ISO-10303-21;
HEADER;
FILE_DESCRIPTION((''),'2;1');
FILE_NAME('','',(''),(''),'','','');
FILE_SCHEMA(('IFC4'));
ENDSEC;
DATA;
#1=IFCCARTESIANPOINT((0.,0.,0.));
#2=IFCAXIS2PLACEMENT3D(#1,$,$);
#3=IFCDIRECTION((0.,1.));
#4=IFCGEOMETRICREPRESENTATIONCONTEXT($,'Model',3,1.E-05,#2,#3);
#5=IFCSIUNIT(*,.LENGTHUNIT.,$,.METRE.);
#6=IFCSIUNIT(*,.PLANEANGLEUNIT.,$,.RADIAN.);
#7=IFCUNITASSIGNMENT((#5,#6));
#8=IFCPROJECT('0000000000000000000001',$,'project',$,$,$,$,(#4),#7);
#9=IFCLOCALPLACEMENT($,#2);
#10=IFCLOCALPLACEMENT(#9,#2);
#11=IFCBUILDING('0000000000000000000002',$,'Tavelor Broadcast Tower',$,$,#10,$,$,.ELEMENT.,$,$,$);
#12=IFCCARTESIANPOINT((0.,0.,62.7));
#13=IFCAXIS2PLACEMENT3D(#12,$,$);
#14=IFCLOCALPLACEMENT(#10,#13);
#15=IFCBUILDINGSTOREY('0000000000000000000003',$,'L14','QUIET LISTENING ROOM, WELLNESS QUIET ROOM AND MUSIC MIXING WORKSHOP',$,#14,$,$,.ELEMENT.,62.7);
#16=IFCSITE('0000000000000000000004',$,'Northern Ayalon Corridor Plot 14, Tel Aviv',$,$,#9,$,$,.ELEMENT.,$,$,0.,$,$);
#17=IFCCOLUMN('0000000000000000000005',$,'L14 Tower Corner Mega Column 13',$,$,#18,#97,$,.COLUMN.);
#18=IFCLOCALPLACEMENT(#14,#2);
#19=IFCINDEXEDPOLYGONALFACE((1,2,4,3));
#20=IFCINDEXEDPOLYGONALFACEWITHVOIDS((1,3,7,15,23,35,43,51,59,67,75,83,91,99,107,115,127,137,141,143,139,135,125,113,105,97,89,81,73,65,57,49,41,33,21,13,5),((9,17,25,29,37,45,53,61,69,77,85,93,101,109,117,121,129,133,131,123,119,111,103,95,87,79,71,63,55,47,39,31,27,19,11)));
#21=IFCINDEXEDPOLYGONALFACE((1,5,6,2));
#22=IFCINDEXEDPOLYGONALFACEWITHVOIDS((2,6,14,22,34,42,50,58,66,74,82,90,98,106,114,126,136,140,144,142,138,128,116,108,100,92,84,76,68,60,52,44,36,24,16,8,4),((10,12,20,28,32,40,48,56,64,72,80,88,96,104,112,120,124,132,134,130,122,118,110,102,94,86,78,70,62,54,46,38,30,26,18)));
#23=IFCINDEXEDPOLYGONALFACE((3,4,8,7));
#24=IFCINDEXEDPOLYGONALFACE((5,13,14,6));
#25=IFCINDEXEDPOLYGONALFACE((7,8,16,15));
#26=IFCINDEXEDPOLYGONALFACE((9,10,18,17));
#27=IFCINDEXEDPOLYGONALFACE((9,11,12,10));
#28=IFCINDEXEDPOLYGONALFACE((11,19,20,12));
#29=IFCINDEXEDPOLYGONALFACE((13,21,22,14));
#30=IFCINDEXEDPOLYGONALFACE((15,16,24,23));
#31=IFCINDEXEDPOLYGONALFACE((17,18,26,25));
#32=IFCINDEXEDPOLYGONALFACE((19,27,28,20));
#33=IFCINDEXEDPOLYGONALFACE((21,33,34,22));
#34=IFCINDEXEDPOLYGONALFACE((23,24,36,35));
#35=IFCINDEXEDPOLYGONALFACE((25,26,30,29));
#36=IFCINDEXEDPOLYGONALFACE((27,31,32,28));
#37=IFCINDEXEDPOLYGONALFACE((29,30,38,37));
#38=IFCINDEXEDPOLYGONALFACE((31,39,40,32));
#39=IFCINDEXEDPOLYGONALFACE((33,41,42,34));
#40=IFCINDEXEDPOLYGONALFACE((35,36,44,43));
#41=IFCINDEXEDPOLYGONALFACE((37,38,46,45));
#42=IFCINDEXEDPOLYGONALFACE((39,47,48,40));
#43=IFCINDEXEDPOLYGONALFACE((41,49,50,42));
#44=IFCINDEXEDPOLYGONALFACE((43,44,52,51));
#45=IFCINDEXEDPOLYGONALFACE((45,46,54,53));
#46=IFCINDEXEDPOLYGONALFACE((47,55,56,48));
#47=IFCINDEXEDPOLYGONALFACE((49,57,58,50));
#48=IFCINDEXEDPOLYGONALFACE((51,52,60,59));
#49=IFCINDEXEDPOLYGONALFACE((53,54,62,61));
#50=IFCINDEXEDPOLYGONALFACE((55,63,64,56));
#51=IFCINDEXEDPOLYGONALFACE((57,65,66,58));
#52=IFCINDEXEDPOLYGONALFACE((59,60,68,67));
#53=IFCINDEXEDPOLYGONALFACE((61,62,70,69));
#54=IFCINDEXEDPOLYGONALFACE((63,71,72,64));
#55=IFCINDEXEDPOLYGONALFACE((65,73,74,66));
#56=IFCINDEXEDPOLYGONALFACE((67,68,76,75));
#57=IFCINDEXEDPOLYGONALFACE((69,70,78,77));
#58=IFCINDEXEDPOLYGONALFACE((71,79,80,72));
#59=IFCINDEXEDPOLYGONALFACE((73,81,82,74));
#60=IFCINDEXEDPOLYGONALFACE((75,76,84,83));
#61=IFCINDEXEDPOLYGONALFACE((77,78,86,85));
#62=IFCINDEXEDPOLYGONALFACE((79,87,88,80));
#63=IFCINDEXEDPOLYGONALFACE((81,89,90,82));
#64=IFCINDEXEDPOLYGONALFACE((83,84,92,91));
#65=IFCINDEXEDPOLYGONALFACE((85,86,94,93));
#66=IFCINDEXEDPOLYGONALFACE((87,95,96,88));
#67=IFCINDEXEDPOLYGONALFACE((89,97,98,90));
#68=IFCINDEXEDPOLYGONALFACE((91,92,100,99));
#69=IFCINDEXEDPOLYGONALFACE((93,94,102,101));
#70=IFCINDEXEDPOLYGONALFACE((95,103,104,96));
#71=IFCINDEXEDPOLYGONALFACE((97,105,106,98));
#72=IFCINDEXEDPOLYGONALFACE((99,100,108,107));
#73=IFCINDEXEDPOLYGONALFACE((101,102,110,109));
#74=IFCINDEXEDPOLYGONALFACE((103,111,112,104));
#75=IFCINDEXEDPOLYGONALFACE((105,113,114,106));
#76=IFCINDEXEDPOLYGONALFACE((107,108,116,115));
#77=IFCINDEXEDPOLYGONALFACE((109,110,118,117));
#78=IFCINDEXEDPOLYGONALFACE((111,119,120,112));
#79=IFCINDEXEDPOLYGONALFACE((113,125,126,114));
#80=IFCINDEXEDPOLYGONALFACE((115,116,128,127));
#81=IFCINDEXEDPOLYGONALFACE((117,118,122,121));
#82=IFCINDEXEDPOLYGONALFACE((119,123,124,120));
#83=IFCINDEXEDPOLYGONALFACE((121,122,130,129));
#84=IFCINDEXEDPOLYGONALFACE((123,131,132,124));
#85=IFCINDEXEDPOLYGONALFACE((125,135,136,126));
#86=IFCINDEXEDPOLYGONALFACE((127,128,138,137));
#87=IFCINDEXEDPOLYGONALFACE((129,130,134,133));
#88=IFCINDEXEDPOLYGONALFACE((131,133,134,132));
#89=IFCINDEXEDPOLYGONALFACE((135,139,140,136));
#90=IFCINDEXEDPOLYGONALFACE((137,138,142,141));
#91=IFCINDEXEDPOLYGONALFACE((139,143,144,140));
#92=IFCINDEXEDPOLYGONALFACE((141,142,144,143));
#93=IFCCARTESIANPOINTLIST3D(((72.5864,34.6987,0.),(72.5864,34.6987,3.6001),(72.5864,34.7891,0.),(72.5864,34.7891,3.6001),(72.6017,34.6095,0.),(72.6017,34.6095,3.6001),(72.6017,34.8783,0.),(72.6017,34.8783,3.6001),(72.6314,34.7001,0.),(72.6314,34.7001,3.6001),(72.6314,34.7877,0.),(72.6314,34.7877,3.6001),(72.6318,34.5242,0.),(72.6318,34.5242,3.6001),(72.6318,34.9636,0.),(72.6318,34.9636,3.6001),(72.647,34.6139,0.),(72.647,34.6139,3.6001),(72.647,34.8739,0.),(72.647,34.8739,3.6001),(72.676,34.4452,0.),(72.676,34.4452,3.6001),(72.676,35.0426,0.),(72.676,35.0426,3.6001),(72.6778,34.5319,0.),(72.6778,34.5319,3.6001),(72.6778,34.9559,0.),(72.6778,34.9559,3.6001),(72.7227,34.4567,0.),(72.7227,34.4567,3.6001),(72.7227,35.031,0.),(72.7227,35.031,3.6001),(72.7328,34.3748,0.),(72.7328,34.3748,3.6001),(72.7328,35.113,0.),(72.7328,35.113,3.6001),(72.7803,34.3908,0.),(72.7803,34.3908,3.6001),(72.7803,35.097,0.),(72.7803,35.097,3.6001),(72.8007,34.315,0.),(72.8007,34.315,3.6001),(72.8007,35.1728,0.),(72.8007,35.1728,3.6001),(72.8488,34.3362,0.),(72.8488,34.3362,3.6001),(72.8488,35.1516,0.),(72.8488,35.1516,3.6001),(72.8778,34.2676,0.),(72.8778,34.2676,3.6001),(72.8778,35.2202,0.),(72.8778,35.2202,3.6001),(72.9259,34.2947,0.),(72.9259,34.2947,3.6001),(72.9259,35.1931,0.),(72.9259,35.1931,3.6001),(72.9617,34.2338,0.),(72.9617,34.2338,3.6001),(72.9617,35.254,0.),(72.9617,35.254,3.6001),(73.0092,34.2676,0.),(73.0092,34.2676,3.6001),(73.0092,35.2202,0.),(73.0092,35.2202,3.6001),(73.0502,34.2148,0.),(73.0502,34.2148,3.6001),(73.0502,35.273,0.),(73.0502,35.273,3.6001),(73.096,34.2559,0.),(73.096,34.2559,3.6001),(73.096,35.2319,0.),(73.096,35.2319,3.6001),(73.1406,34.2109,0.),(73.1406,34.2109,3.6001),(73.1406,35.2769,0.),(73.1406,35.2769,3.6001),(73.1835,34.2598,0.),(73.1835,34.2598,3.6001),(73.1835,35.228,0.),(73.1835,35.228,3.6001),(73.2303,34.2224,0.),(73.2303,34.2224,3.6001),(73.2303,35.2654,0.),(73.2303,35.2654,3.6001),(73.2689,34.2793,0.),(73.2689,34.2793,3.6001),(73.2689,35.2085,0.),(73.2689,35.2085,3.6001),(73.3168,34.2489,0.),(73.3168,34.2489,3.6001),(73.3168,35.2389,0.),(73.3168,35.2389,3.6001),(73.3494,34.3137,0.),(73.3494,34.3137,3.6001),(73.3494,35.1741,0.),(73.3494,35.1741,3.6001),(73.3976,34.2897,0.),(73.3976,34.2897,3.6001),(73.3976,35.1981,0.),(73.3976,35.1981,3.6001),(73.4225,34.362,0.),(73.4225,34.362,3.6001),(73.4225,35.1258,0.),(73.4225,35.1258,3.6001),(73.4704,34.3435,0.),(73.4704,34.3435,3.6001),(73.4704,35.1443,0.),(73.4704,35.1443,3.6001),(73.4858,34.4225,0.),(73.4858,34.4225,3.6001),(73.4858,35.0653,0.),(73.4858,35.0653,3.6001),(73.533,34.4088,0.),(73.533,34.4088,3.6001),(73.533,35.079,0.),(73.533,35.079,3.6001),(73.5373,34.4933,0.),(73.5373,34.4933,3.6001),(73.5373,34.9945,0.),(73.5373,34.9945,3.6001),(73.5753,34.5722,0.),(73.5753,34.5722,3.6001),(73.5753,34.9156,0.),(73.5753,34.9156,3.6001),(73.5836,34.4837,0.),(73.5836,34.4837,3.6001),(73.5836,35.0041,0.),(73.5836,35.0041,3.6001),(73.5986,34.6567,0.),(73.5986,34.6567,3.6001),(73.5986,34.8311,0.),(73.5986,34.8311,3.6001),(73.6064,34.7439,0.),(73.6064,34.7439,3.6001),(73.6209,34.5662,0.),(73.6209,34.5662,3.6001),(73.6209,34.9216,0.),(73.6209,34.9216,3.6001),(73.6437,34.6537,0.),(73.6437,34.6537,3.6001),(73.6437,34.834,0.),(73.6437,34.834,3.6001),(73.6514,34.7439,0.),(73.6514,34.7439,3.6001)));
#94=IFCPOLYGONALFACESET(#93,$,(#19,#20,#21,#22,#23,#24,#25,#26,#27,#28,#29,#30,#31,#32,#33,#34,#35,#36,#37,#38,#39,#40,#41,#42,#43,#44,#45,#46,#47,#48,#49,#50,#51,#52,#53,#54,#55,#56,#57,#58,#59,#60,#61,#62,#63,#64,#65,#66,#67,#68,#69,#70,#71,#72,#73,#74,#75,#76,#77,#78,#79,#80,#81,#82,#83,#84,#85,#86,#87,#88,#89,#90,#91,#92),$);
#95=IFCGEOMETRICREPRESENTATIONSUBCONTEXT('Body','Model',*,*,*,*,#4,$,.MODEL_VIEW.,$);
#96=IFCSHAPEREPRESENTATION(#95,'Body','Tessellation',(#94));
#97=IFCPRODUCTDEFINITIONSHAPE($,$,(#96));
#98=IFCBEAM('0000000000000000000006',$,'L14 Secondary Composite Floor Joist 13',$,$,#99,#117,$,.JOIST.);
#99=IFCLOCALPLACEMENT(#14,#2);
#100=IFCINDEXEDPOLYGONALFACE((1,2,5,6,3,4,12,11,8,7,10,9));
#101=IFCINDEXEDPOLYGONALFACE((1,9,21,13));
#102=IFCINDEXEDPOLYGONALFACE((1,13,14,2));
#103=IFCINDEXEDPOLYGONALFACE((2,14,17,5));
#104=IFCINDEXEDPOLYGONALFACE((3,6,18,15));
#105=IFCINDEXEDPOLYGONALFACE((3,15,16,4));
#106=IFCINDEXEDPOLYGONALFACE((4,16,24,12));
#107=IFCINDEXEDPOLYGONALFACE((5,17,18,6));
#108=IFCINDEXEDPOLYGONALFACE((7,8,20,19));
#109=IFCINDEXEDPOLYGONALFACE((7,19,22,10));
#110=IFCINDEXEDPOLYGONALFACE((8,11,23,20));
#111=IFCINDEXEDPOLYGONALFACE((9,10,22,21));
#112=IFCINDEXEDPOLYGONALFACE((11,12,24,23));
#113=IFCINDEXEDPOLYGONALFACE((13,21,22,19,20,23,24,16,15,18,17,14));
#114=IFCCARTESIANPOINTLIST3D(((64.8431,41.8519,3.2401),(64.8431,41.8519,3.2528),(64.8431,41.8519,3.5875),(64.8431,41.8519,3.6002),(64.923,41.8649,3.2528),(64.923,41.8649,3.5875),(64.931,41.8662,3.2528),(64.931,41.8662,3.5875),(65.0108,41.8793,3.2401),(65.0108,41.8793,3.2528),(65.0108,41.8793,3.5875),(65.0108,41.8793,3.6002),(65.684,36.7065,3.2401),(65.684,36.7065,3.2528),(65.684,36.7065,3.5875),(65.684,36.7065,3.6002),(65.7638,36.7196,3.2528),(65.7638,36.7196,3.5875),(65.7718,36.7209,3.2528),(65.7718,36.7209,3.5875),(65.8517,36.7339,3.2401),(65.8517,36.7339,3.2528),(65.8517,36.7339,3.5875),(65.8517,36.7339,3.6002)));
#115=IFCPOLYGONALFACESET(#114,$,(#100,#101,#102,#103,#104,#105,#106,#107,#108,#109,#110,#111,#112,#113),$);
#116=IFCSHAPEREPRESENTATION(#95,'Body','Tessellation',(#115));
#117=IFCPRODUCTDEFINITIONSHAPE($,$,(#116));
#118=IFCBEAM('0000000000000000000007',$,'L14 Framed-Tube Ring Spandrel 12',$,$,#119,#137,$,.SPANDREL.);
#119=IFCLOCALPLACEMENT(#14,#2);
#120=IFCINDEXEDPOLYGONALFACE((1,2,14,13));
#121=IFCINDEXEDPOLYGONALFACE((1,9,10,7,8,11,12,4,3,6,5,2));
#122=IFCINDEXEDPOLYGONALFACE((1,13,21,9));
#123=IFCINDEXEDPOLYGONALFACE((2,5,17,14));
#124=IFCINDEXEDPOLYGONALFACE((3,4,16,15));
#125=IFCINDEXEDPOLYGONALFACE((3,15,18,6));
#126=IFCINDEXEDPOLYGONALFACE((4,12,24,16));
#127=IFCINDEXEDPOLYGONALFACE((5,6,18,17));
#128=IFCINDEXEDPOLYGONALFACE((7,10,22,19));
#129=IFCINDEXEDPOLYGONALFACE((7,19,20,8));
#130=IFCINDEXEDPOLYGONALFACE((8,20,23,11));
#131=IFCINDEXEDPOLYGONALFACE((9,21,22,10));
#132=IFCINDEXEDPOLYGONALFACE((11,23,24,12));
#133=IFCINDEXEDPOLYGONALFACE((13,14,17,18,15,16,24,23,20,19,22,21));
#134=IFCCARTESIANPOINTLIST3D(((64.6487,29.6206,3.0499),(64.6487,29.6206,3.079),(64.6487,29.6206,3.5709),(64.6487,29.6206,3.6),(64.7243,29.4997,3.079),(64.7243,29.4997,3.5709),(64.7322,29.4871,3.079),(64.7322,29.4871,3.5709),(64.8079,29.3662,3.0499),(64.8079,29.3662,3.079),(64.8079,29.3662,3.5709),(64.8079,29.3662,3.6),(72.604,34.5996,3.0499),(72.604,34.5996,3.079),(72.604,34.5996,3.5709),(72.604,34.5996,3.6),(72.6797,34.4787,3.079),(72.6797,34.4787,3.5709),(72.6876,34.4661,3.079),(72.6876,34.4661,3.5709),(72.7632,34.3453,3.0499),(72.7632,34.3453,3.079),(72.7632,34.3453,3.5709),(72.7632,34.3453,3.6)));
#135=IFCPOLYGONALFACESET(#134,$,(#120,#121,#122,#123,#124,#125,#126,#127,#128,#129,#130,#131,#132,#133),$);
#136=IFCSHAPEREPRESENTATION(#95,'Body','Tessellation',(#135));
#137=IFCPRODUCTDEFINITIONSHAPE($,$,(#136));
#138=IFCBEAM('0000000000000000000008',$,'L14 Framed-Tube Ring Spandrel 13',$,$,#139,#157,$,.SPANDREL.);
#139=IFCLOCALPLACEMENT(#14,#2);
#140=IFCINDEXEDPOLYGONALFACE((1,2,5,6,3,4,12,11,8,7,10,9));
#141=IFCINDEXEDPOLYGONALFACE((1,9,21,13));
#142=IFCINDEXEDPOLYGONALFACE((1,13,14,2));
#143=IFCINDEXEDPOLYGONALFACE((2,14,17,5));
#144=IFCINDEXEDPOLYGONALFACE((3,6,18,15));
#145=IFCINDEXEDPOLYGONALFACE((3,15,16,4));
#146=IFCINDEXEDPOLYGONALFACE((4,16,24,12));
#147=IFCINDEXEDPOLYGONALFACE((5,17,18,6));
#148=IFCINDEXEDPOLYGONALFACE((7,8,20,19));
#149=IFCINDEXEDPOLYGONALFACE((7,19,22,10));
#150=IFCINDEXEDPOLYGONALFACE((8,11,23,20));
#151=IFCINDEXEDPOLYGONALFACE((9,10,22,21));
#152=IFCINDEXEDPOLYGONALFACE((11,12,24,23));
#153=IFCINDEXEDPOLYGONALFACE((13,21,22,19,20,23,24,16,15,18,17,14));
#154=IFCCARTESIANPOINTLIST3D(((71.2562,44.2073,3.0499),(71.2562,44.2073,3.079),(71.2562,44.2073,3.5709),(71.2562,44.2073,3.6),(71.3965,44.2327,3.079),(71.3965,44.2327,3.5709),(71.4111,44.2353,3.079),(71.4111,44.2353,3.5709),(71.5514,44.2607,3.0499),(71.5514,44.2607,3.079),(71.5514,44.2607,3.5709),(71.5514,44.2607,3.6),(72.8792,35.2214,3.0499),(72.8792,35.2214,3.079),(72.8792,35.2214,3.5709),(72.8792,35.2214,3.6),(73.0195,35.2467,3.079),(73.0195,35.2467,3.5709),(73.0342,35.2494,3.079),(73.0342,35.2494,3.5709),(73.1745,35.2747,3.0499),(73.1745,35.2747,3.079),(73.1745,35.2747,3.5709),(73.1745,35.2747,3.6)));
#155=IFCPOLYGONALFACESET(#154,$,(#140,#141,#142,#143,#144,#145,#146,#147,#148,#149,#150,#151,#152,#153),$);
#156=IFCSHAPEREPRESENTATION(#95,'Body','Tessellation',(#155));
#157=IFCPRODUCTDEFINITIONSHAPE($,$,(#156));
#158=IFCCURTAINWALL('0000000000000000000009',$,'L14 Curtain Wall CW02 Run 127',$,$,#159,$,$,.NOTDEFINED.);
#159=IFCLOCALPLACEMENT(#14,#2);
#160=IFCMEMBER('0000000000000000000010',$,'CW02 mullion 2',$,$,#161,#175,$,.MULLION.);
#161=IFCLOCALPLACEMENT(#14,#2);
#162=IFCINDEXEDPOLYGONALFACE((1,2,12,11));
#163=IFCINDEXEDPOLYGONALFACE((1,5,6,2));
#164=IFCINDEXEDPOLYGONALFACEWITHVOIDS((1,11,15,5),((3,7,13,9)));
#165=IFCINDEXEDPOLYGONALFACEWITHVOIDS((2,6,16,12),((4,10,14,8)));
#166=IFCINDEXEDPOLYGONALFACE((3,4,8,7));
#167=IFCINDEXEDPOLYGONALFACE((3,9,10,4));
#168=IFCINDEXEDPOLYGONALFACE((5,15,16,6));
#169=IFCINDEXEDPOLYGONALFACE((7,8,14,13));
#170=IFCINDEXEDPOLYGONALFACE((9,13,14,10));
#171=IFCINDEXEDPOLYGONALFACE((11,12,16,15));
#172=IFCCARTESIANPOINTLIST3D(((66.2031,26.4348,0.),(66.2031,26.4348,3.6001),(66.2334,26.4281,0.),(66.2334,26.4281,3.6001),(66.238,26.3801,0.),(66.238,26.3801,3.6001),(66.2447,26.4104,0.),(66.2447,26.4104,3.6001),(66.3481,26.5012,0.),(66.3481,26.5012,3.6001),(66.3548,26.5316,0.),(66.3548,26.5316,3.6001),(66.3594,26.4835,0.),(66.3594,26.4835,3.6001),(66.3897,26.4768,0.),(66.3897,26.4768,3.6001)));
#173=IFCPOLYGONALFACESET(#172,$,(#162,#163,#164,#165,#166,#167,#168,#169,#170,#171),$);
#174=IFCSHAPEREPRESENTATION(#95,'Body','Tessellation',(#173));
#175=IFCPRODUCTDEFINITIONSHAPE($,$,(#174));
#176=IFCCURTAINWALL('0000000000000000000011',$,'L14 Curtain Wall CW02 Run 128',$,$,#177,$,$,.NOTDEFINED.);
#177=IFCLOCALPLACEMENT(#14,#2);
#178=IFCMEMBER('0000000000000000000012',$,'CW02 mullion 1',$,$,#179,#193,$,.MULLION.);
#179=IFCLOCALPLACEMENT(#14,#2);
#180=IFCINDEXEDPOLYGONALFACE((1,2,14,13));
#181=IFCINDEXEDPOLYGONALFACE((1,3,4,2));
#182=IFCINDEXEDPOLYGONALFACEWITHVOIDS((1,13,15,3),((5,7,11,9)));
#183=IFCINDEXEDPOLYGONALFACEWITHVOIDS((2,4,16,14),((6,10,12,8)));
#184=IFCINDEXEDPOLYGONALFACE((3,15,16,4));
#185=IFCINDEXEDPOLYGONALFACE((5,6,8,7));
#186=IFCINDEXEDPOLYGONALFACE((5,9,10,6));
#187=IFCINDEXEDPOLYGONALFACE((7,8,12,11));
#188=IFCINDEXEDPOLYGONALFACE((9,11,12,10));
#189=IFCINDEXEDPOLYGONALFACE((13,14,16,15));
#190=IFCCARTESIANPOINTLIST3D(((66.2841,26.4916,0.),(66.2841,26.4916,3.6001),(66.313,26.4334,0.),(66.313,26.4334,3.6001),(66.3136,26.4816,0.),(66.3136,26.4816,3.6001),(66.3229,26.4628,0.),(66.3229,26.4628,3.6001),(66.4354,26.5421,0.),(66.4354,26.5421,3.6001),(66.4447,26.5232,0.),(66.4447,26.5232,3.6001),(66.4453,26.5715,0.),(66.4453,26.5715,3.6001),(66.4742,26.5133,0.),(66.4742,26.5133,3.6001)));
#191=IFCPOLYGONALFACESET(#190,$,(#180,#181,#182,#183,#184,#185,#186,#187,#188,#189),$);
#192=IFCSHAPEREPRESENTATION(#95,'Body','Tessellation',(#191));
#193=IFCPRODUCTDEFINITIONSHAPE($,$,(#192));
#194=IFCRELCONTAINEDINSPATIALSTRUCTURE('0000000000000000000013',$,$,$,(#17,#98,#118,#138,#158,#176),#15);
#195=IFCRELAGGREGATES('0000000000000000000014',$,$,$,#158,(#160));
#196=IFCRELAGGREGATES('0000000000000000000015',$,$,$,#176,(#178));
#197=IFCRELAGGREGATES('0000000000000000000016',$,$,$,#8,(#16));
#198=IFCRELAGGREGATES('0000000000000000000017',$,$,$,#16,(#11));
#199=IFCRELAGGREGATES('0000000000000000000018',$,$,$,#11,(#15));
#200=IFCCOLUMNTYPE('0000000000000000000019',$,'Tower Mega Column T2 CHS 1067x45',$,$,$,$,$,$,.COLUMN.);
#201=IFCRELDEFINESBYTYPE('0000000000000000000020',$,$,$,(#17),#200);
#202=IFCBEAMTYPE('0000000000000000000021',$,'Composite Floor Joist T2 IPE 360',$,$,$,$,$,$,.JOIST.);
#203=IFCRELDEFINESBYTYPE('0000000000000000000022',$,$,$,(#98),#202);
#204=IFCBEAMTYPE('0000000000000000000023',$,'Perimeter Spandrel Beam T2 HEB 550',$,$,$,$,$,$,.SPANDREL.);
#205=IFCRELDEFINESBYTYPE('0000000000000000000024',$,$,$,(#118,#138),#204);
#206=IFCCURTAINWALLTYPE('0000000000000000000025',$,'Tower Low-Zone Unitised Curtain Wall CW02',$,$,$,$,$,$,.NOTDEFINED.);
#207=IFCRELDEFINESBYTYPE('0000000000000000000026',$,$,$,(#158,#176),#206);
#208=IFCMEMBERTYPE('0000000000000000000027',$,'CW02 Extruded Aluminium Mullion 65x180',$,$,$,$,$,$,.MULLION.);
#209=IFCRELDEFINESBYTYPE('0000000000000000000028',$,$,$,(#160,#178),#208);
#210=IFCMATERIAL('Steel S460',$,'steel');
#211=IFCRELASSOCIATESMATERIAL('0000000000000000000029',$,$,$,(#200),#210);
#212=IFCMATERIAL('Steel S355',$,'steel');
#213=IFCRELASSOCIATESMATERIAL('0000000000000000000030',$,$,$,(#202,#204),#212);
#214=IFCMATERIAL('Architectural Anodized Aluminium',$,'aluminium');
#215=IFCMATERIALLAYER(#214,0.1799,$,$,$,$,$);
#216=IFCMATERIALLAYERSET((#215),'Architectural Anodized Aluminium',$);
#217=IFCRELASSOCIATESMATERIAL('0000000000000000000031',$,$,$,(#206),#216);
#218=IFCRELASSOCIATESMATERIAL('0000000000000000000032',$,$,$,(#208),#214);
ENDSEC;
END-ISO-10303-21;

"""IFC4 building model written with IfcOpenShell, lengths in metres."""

from ifc_helpers import new_model, si_unit, direction, frame, origin, origin_2d, place, context, subcontext, project, spatial, hollow_rectangle, hollow_circle, i_section, extrude, source, transform, mapped, material, layer, layer_set, material_profile, profile_set, type_object, type_shapes, element, aggregate, save


model = new_model("IFC4")

# Units and contexts
model_context = context("Model", 3, precision=1e-05, world=origin(), true_north=direction((0.0, 1.0)))
body_context = subcontext(model_context, "Body", "Model", "MODEL_VIEW")
ifc_project = project(units=[si_unit("LENGTHUNIT", "METRE"), si_unit("PLANEANGLEUNIT", "RADIAN")], contexts=[model_context])

# Site, building, storey
site_placement = place(None, origin())
site = spatial("IfcSite", under=ifc_project, at=site_placement, Name="Northern Ayalon Corridor Plot 14, Tel Aviv", CompositionType="ELEMENT", RefElevation=0.0)
building_placement = place(site_placement, origin())
building = spatial("IfcBuilding", under=site, at=building_placement, Name="Tavelor Broadcast Tower", CompositionType="ELEMENT")
storey_placement = place(building_placement, frame((0.0, 0.0, 62.7)))
storey = spatial("IfcBuildingStorey", under=building, at=storey_placement, Name="L14", Description="QUIET LISTENING ROOM, WELLNESS QUIET ROOM AND MUSIC MIXING WORKSHOP", CompositionType="ELEMENT", Elevation=62.7)

# Column
ifc_material_1 = material(Name="Steel S460", Category="steel")
ifc_material_profile_1 = material_profile(ifc_material_1, hollow_circle(Radius=0.5334, WallThickness=0.0449, at=origin_2d()), Name="CHS 1067x45")
ifc_profile_set_1 = profile_set([ifc_material_profile_1], Name="Steel S460")
column_type = type_object("IfcColumnType", Name="Tower Mega Column T2 CHS 1067x45", PredefinedType="COLUMN", material=ifc_profile_set_1)
column_placement = place(storey_placement, frame((73.1179, 34.7439, 0.0), z_axis=(0.0, 0.0, 1.0), x_axis=(1.0, 0.0, 0.0)))
element("IfcColumn", 1, at=column_placement, inside=storey, type_object=column_type, Name="L14 Tower Corner Mega Column 13", PredefinedType="COLUMN", context=body_context, shape_type="SweptSolid", body=[
    extrude(hollow_circle(Radius=0.5334, WallThickness=0.0449, at=origin_2d()), origin(), (0.0, 0.0, 1.0), 3.6001),
])

# Beams
ifc_material_2 = material(Name="Steel S355", Category="steel")
ifc_material_profile_2 = material_profile(ifc_material_2, i_section(OverallWidth=0.1699, OverallDepth=0.3601, WebThickness=0.0081, FlangeThickness=0.0127, at=origin_2d()), Name="IPE 360")
ifc_profile_set_2 = profile_set([ifc_material_profile_2], Name="Steel S355")
beam_type_1 = type_object("IfcBeamType", Name="Composite Floor Joist T2 IPE 360", PredefinedType="JOIST", material=ifc_profile_set_2)
beam_1_placement = place(storey_placement, frame((65.7678, 36.7202, 3.4202), z_axis=(-0.161277, 0.986909, 0.0), x_axis=(-0.986909, -0.161277, 0.0)))
element("IfcBeam", 2, at=beam_1_placement, inside=storey, type_object=beam_type_1, Name="L14 Secondary Composite Floor Joist 13", PredefinedType="JOIST", context=body_context, shape_type="SweptSolid", body=[
    extrude(i_section(OverallWidth=0.1699, OverallDepth=0.3601, WebThickness=0.0081, FlangeThickness=0.0127, at=origin_2d()), origin(), (0.0, 0.0, 1.0), 5.2136),
])
ifc_material_profile_3 = material_profile(ifc_material_2, i_section(OverallWidth=0.3, OverallDepth=0.55, WebThickness=0.0149, FlangeThickness=0.0291, at=origin_2d()), Name="HEB 550")
ifc_profile_set_3 = profile_set([ifc_material_profile_3], Name="Steel S355")
beam_type_2 = type_object("IfcBeamType", Name="Perimeter Spandrel Beam T2 HEB 550", PredefinedType="SPANDREL", material=ifc_profile_set_3)
beam_2_placement = place(storey_placement, frame((64.7283, 29.4934, 3.325), z_axis=(0.847666, 0.53053, 0.0), x_axis=(-0.53053, 0.847666, 0.0)))
element("IfcBeam", 3, at=beam_2_placement, inside=storey, type_object=beam_type_2, Name="L14 Framed-Tube Ring Spandrel 12", PredefinedType="SPANDREL", context=body_context, shape_type="SweptSolid", body=[
    extrude(i_section(OverallWidth=0.3, OverallDepth=0.55, WebThickness=0.0149, FlangeThickness=0.0291, at=origin_2d()), origin(), (0.0, 0.0, 1.0), 9.385),
])
beam_3_placement = place(storey_placement, frame((73.0269, 35.248, 3.325), z_axis=(-0.177747, 0.984076, 0.0), x_axis=(-0.984076, -0.177747, 0.0)))
element("IfcBeam", 4, at=beam_3_placement, inside=storey, type_object=beam_type_2, Name="L14 Framed-Tube Ring Spandrel 13", PredefinedType="SPANDREL", context=body_context, shape_type="SweptSolid", body=[
    extrude(i_section(OverallWidth=0.3, OverallDepth=0.55, WebThickness=0.0149, FlangeThickness=0.0291, at=origin_2d()), origin(), (0.0, 0.0, 1.0), 9.1313),
])

# Curtain wall, member
ifc_material_3 = material(Name="Architectural Anodized Aluminium", Category="aluminium")
ifc_layer_1 = layer(ifc_material_3, 0.1799)
ifc_layer_set_1 = layer_set([ifc_layer_1], Name="Architectural Anodized Aluminium")
curtain_wall_type = type_object("IfcCurtainWallType", Name="Tower Low-Zone Unitised Curtain Wall CW02", PredefinedType="NOTDEFINED", material=ifc_layer_set_1)
curtain_wall_1_placement = place(storey_placement, origin())
curtain_wall_1 = element("IfcCurtainWall", 5, at=curtain_wall_1_placement, inside=storey, type_object=curtain_wall_type, Name="L14 Curtain Wall CW02 Run 127", PredefinedType="NOTDEFINED")
ifc_material_profile_4 = material_profile(ifc_material_3, hollow_rectangle(XDim=0.0649, YDim=0.1799, WallThickness=0.022, at=origin_2d()), Name="RHS 65x180x22")
ifc_profile_set_4 = profile_set([ifc_material_profile_4], Name="Architectural Anodized Aluminium")
member_type_1 = type_object("IfcMemberType", Name="CW02 Extruded Aluminium Mullion 65x180", PredefinedType="MULLION", material=ifc_profile_set_4)
shared_shape_1 = source(origin(), body_context, "Body", "SweptSolid", [
    extrude(hollow_rectangle(XDim=0.0649, YDim=0.1799, WallThickness=0.022, at=origin_2d()), origin(), (0.0, 0.0, 1.0), 3.6001),
])
type_shapes(member_type_1, [shared_shape_1])
member_1_placement = place(storey_placement, frame((66.2964, 26.4558, 0.0), z_axis=(0.0, 0.0, 1.0), x_axis=(-0.537579, 0.843213, 0.0)))
member_1 = element("IfcMember", 6, at=member_1_placement, type_object=member_type_1, Name="CW02 mullion 2", PredefinedType="MULLION", context=body_context, shape_type="MappedRepresentation", body=[
    mapped(shared_shape_1, transform((0.0, 0.0, 0.0), scale=1.0)),
])
aggregate(curtain_wall_1, [member_1])

# Curtain wall, member
curtain_wall_2_placement = place(storey_placement, origin())
curtain_wall_2 = element("IfcCurtainWall", 7, at=curtain_wall_2_placement, inside=storey, type_object=curtain_wall_type, Name="L14 Curtain Wall CW02 Run 128", PredefinedType="NOTDEFINED")
member_2_placement = place(storey_placement, frame((66.3792, 26.5024, 0.0), z_axis=(0.0, 0.0, 1.0), x_axis=(-0.444269, 0.895893, 0.0)))
member_2 = element("IfcMember", 8, at=member_2_placement, type_object=member_type_1, Name="CW02 mullion 1", PredefinedType="MULLION", context=body_context, shape_type="MappedRepresentation", body=[
    mapped(shared_shape_1, transform((0.0, 0.0, 0.0), scale=1.0)),
])

aggregate(curtain_wall_2, [member_2])

save(model, "model.ifc")
